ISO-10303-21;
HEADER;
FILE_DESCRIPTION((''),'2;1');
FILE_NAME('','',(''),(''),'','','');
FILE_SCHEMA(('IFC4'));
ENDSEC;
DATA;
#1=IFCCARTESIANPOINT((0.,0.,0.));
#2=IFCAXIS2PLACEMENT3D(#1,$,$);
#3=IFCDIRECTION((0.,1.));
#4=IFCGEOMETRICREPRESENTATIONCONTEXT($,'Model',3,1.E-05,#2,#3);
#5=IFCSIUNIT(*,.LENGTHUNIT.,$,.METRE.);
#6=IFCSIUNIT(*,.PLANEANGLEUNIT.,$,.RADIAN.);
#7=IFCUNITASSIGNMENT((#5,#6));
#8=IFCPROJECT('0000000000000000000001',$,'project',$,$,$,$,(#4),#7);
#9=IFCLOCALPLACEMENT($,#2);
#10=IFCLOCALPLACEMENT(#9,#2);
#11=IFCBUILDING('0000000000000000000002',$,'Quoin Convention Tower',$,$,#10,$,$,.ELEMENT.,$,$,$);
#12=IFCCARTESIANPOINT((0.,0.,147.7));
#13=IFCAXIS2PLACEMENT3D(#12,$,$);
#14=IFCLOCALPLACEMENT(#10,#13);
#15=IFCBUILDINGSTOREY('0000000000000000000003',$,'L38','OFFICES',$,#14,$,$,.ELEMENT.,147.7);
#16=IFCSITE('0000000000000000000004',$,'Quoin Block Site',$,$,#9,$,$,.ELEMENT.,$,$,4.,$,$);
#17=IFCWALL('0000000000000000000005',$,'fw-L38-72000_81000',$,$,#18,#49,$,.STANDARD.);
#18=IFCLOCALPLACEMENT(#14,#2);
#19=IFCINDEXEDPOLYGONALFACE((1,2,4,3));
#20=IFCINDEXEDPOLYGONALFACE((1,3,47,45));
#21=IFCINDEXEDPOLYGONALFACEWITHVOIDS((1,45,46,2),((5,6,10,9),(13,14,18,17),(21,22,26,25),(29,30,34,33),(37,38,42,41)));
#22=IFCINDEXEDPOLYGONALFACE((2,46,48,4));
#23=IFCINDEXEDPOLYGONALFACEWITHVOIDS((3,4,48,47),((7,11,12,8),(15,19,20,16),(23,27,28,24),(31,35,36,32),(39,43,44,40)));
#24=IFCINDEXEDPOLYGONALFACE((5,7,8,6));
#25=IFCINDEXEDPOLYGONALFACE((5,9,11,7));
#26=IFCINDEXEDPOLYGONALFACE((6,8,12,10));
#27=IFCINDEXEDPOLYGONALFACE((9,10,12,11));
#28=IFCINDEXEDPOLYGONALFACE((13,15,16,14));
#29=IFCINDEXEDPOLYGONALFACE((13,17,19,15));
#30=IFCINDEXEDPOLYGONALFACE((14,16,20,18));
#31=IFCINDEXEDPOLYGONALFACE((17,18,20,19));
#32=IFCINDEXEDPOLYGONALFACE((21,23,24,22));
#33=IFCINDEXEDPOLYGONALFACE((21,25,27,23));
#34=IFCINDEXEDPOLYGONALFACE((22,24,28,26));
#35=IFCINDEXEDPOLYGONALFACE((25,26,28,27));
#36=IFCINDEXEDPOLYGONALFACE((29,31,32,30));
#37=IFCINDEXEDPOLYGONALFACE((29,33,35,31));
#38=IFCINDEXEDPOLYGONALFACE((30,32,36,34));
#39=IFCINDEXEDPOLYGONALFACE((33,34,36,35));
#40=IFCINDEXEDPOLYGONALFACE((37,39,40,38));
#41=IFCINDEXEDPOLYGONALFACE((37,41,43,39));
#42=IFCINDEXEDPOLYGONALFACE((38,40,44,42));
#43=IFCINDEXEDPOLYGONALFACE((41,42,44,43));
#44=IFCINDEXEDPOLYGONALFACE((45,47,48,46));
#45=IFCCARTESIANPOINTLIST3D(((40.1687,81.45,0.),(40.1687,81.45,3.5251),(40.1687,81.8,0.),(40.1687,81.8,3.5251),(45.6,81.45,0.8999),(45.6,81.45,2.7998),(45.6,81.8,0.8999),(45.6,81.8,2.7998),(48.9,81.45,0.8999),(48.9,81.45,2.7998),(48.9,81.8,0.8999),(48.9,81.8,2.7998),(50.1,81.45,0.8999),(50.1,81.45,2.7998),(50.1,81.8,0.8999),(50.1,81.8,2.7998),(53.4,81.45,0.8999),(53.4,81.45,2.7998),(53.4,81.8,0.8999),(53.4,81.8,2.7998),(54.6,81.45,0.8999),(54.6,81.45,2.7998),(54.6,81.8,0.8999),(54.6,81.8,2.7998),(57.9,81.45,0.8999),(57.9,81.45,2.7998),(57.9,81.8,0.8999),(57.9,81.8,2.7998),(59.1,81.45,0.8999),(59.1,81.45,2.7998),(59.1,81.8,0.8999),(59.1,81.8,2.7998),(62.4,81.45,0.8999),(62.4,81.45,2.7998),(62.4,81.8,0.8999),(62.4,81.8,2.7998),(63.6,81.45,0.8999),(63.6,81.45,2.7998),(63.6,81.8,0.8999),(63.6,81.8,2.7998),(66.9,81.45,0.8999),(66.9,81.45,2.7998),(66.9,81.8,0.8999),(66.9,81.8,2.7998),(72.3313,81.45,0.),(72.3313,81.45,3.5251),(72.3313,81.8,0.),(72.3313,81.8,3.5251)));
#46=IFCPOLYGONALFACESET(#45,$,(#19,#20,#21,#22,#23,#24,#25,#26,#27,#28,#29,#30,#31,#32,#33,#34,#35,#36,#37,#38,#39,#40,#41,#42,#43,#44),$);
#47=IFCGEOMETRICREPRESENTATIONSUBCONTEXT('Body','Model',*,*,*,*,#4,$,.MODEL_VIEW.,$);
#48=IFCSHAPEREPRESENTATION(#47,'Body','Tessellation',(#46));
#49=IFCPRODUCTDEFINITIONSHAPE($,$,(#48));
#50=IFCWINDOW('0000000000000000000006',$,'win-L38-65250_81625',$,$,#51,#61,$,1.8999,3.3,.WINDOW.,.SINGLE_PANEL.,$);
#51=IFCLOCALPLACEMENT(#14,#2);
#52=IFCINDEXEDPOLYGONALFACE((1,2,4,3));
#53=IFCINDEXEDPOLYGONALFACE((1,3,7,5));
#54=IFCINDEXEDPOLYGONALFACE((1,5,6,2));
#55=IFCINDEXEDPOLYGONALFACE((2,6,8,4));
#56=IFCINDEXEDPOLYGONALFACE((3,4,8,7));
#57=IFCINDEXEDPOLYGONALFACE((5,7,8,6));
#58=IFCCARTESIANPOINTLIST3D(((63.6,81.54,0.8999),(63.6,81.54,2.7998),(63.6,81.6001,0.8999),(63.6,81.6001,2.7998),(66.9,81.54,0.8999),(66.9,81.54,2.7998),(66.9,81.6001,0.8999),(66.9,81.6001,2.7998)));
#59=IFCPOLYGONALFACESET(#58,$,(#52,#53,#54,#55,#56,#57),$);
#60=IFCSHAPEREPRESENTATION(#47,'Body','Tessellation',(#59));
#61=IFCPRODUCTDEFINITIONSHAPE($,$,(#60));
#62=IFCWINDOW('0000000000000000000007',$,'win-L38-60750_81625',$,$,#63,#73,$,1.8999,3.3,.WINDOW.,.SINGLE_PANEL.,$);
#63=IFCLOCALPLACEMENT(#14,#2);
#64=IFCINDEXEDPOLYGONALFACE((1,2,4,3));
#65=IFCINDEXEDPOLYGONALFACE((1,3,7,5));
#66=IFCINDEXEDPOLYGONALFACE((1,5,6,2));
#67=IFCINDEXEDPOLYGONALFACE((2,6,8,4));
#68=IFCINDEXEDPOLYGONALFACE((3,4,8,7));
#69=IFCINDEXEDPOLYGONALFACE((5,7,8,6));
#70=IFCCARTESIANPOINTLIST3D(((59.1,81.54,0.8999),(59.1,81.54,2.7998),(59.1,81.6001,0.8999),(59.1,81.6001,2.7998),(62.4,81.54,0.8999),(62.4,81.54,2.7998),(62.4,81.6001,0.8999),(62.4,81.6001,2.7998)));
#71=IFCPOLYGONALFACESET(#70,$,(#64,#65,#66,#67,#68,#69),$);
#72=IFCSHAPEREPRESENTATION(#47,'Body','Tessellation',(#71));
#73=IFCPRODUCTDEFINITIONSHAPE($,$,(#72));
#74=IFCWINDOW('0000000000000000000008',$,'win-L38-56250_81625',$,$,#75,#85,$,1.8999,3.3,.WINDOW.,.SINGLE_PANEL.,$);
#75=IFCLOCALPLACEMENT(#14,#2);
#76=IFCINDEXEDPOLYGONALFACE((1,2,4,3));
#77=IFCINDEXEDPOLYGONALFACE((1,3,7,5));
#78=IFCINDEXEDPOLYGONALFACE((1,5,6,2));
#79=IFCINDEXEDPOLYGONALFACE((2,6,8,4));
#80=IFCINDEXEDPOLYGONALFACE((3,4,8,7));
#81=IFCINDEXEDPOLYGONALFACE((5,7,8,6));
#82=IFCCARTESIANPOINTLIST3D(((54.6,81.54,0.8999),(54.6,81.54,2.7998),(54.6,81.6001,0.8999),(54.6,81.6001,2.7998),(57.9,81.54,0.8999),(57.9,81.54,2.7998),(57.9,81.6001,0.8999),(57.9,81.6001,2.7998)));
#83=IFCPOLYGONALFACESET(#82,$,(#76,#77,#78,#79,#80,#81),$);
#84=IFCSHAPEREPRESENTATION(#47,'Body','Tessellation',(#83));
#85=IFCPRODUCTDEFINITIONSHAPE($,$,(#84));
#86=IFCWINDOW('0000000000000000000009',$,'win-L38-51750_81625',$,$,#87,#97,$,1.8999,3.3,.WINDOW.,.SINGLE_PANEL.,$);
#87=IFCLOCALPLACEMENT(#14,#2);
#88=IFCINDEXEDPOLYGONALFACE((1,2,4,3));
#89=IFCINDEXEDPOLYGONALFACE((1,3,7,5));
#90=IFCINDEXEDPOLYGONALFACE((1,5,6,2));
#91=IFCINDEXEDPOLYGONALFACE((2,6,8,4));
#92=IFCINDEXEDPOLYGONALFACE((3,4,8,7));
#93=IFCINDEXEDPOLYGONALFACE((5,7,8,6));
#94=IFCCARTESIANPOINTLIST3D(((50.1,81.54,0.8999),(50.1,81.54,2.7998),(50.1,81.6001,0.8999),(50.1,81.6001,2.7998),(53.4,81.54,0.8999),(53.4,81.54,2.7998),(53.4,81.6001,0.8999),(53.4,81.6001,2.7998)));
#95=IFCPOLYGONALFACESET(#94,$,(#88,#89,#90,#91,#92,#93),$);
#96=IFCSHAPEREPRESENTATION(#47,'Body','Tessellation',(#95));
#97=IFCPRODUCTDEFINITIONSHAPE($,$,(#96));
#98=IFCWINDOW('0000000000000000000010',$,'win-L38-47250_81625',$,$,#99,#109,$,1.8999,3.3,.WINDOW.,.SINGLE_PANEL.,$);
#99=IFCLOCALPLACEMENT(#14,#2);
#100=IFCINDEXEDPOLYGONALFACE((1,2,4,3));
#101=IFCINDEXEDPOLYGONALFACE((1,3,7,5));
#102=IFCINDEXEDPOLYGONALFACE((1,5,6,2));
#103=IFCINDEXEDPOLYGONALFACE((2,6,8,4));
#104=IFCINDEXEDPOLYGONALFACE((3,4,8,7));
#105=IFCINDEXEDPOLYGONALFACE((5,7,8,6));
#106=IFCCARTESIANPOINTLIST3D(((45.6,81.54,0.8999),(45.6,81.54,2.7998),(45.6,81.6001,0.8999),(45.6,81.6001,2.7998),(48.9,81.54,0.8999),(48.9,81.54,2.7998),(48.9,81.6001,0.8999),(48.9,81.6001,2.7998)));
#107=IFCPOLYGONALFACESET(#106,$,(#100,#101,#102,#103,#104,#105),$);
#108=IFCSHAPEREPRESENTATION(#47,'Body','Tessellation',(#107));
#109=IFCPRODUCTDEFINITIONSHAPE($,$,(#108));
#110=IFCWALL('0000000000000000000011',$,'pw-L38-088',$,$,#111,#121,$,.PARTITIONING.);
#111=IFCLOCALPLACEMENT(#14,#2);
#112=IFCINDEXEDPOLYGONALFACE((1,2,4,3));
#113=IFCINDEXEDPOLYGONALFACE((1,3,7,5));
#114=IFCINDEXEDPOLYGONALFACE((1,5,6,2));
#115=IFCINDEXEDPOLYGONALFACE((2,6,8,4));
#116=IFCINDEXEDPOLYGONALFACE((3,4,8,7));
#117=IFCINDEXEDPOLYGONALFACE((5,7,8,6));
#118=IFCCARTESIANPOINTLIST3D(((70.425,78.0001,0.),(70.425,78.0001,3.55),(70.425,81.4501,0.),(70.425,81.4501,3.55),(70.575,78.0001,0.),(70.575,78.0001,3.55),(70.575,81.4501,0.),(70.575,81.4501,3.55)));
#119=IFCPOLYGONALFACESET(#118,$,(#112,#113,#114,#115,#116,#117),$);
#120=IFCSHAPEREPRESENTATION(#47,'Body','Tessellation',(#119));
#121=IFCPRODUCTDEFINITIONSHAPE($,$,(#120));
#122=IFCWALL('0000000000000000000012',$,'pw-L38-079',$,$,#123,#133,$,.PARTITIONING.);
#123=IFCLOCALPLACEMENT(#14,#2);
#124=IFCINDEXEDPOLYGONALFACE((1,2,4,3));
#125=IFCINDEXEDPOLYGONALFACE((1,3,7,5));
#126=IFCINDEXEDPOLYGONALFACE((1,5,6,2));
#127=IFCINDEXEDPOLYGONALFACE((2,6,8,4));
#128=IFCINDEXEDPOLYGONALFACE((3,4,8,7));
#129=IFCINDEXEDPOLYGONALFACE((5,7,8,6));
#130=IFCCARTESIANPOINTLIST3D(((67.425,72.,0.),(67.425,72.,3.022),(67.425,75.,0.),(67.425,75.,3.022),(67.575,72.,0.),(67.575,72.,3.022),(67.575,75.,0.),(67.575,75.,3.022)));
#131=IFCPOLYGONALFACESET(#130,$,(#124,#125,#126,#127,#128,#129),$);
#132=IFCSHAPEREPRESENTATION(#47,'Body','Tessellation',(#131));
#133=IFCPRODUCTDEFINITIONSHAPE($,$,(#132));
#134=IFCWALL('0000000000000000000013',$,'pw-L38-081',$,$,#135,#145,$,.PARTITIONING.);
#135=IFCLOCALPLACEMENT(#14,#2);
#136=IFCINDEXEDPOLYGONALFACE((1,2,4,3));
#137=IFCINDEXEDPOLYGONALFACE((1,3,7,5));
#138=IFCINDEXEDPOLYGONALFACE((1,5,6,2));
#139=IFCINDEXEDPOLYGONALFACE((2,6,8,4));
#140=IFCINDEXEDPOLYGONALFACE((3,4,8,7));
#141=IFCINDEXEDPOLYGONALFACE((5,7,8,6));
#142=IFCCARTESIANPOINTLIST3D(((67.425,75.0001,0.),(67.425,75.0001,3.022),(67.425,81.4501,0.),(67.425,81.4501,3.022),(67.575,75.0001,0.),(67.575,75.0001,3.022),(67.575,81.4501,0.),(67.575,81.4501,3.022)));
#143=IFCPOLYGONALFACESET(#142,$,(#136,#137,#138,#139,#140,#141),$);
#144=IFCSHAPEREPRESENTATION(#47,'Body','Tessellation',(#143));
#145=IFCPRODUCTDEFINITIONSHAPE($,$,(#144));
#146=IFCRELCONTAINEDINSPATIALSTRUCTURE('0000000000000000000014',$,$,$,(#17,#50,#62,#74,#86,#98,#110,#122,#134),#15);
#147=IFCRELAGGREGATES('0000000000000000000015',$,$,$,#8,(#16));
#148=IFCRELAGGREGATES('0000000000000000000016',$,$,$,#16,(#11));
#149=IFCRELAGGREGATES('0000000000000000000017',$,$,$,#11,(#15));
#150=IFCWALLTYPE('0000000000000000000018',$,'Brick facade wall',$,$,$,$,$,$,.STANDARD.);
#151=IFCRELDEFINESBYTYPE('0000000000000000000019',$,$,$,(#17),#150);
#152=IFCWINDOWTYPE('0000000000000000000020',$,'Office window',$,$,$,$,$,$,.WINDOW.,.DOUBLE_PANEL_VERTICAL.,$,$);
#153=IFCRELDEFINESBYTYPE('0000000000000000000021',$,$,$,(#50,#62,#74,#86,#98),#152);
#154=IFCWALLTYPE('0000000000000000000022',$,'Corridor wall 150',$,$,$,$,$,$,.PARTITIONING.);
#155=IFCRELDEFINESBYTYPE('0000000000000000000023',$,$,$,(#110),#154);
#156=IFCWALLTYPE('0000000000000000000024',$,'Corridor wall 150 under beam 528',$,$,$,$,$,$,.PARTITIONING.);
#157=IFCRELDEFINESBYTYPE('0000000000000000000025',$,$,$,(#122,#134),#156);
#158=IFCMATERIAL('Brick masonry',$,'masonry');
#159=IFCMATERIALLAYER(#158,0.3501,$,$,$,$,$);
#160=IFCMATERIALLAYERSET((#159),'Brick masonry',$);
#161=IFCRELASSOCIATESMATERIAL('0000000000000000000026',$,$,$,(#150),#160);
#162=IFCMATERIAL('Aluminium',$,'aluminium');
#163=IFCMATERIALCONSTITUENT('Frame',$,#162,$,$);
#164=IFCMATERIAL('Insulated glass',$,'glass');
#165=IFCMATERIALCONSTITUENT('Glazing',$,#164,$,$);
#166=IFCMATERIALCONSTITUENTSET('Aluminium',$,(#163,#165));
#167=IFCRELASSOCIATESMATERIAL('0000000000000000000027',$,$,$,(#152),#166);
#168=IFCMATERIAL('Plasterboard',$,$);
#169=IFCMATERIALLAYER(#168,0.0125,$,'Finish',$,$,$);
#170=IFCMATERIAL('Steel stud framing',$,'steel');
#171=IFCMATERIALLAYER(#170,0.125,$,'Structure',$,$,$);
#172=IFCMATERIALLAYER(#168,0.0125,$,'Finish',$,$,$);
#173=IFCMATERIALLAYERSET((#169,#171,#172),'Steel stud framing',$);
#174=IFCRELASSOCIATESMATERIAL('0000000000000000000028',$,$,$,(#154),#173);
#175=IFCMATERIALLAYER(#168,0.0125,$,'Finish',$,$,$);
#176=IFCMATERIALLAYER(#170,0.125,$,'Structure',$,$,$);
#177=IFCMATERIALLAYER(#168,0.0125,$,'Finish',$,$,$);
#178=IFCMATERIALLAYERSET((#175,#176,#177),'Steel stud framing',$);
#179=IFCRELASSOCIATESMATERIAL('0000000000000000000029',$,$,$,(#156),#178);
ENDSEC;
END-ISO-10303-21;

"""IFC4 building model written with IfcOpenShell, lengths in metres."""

from ifc_helpers import new_model, si_unit, direction, frame, frame_2d, origin, place, context, subcontext, project, spatial, rectangle, extrude, material, layer, layer_set, constituent, constituent_set, type_object, element, fill, save


model = new_model("IFC4")

# Units and contexts
model_context = context("Model", 3, precision=1e-05, world=origin(), true_north=direction((0.0, 1.0)))
body_context = subcontext(model_context, "Body", "Model", "MODEL_VIEW")
ifc_project = project(units=[si_unit("LENGTHUNIT", "METRE"), si_unit("PLANEANGLEUNIT", "RADIAN")], contexts=[model_context])

# Site, building, storey
site_placement = place(None, origin())
site = spatial("IfcSite", under=ifc_project, at=site_placement, Name="Quoin Block Site", CompositionType="ELEMENT", RefElevation=4.0)
building_placement = place(site_placement, origin())
building = spatial("IfcBuilding", under=site, at=building_placement, Name="Quoin Convention Tower", CompositionType="ELEMENT")
storey_placement = place(building_placement, frame((0.0, 0.0, 147.7)))
storey = spatial("IfcBuildingStorey", under=building, at=storey_placement, Name="L38", Description="OFFICES", CompositionType="ELEMENT", Elevation=147.7)

# Shared definitions
ifc_material_1 = material(Name="Plasterboard")
ifc_material_2 = material(Name="Steel stud framing", Category="steel")

# Shared definitions
ifc_material_3 = material(Name="Brick masonry", Category="masonry")
ifc_layer_1 = layer(ifc_material_3, 0.3501)
ifc_layer_set_1 = layer_set([ifc_layer_1], Name="Brick masonry")
wall_type_1 = type_object("IfcWallType", Name="Brick facade wall", PredefinedType="STANDARD", material=ifc_layer_set_1)
ifc_material_4 = material(Name="Aluminium", Category="aluminium")
ifc_constituent_1 = constituent(ifc_material_4, Name="Frame")
ifc_material_5 = material(Name="Insulated glass", Category="glass")
ifc_constituent_2 = constituent(ifc_material_5, Name="Glazing")
ifc_constituent_set = constituent_set(constituents=[ifc_constituent_1, ifc_constituent_2], Name="Aluminium")
window_type = type_object("IfcWindowType", Name="Office window", PartitioningType="DOUBLE_PANEL_VERTICAL", PredefinedType="WINDOW", material=ifc_constituent_set)

# Wall, openings, windows
wall_1_placement = place(storey_placement, frame((72.3313, 81.625, 0.0), z_axis=(0.0, 0.0, 1.0), x_axis=(-1.0, 0.0, 0.0)))
wall_1 = element("IfcWall", 1, at=wall_1_placement, inside=storey, type_object=wall_type_1, Name="fw-L38-72000_81000", PredefinedType="STANDARD", context=body_context, shape_type="SweptSolid", body=[
    extrude(rectangle(XDim=32.1626, YDim=0.3501, at=frame_2d((16.0813, 0.0))), origin(), (0.0, 0.0, 1.0), 3.5251),
])
opening_1_placement = place(wall_1_placement, frame((5.4314, 0.0, 0.8999)))
opening_1 = element("IfcOpeningElement", 2, at=opening_1_placement, cuts=wall_1, PredefinedType="OPENING", context=body_context, shape_type="SweptSolid", body=[
    extrude(rectangle(XDim=3.3, YDim=1.8999, at=frame_2d((1.6499, 0.95))), frame((0.0, 0.1851, 0.0), z_axis=(0.0, -1.0, 0.0), x_axis=(1.0, 0.0, 0.0)), (0.0, 0.0, 1.0), 0.3701),
])
opening_2_placement = place(wall_1_placement, frame((9.9314, 0.0, 0.8999)))
opening_2 = element("IfcOpeningElement", 3, at=opening_2_placement, cuts=wall_1, PredefinedType="OPENING", context=body_context, shape_type="SweptSolid", body=[
    extrude(rectangle(XDim=3.3, YDim=1.8999, at=frame_2d((1.6499, 0.95))), frame((0.0, 0.1851, 0.0), z_axis=(0.0, -1.0, 0.0), x_axis=(1.0, 0.0, 0.0)), (0.0, 0.0, 1.0), 0.3701),
])
opening_3_placement = place(wall_1_placement, frame((14.4314, 0.0, 0.8999)))
opening_3 = element("IfcOpeningElement", 4, at=opening_3_placement, cuts=wall_1, PredefinedType="OPENING", context=body_context, shape_type="SweptSolid", body=[
    extrude(rectangle(XDim=3.3, YDim=1.8999, at=frame_2d((1.6499, 0.95))), frame((0.0, 0.1851, 0.0), z_axis=(0.0, -1.0, 0.0), x_axis=(1.0, 0.0, 0.0)), (0.0, 0.0, 1.0), 0.3701),
])
opening_4_placement = place(wall_1_placement, frame((18.9314, 0.0, 0.8999)))
opening_4 = element("IfcOpeningElement", 5, at=opening_4_placement, cuts=wall_1, PredefinedType="OPENING", context=body_context, shape_type="SweptSolid", body=[
    extrude(rectangle(XDim=3.3, YDim=1.8999, at=frame_2d((1.6499, 0.95))), frame((0.0, 0.1851, 0.0), z_axis=(0.0, -1.0, 0.0), x_axis=(1.0, 0.0, 0.0)), (0.0, 0.0, 1.0), 0.3701),
])
opening_5_placement = place(wall_1_placement, frame((23.4314, 0.0, 0.8999)))
opening_5 = element("IfcOpeningElement", 6, at=opening_5_placement, cuts=wall_1, PredefinedType="OPENING", context=body_context, shape_type="SweptSolid", body=[
    extrude(rectangle(XDim=3.3, YDim=1.8999, at=frame_2d((1.6499, 0.95))), frame((0.0, 0.1851, 0.0), z_axis=(0.0, -1.0, 0.0), x_axis=(1.0, 0.0, 0.0)), (0.0, 0.0, 1.0), 0.3701),
])
window_1_placement = place(opening_1_placement, origin())
window_1 = element("IfcWindow", 7, at=window_1_placement, inside=storey, type_object=window_type, Name="win-L38-65250_81625", OverallHeight=1.8999, OverallWidth=3.3, PartitioningType="SINGLE_PANEL", PredefinedType="WINDOW", context=body_context, shape_type="SweptSolid", body=[
    extrude(rectangle(XDim=3.3, YDim=1.8999, at=frame_2d((1.6499, 0.95))), frame((0.0, 0.085, 0.0), z_axis=(0.0, -1.0, 0.0), x_axis=(1.0, 0.0, 0.0)), (0.0, 0.0, 1.0), 0.0601),
])
fill(opening_1, window_1)
window_2_placement = place(opening_2_placement, origin())
window_2 = element("IfcWindow", 8, at=window_2_placement, inside=storey, type_object=window_type, Name="win-L38-60750_81625", OverallHeight=1.8999, OverallWidth=3.3, PartitioningType="SINGLE_PANEL", PredefinedType="WINDOW", context=body_context, shape_type="SweptSolid", body=[
    extrude(rectangle(XDim=3.3, YDim=1.8999, at=frame_2d((1.6499, 0.95))), frame((0.0, 0.085, 0.0), z_axis=(0.0, -1.0, 0.0), x_axis=(1.0, 0.0, 0.0)), (0.0, 0.0, 1.0), 0.0601),
])
fill(opening_2, window_2)
window_3_placement = place(opening_3_placement, origin())
window_3 = element("IfcWindow", 9, at=window_3_placement, inside=storey, type_object=window_type, Name="win-L38-56250_81625", OverallHeight=1.8999, OverallWidth=3.3, PartitioningType="SINGLE_PANEL", PredefinedType="WINDOW", context=body_context, shape_type="SweptSolid", body=[
    extrude(rectangle(XDim=3.3, YDim=1.8999, at=frame_2d((1.6499, 0.95))), frame((0.0, 0.085, 0.0), z_axis=(0.0, -1.0, 0.0), x_axis=(1.0, 0.0, 0.0)), (0.0, 0.0, 1.0), 0.0601),
])
fill(opening_3, window_3)
window_4_placement = place(opening_4_placement, origin())
window_4 = element("IfcWindow", 10, at=window_4_placement, inside=storey, type_object=window_type, Name="win-L38-51750_81625", OverallHeight=1.8999, OverallWidth=3.3, PartitioningType="SINGLE_PANEL", PredefinedType="WINDOW", context=body_context, shape_type="SweptSolid", body=[
    extrude(rectangle(XDim=3.3, YDim=1.8999, at=frame_2d((1.6499, 0.95))), frame((0.0, 0.085, 0.0), z_axis=(0.0, -1.0, 0.0), x_axis=(1.0, 0.0, 0.0)), (0.0, 0.0, 1.0), 0.0601),
])
fill(opening_4, window_4)
window_5_placement = place(opening_5_placement, origin())
window_5 = element("IfcWindow", 11, at=window_5_placement, inside=storey, type_object=window_type, Name="win-L38-47250_81625", OverallHeight=1.8999, OverallWidth=3.3, PartitioningType="SINGLE_PANEL", PredefinedType="WINDOW", context=body_context, shape_type="SweptSolid", body=[
    extrude(rectangle(XDim=3.3, YDim=1.8999, at=frame_2d((1.6499, 0.95))), frame((0.0, 0.085, 0.0), z_axis=(0.0, -1.0, 0.0), x_axis=(1.0, 0.0, 0.0)), (0.0, 0.0, 1.0), 0.0601),
])
fill(opening_5, window_5)

# Walls
ifc_layer_2 = layer(ifc_material_1, 0.0125, Name="Finish")
ifc_layer_3 = layer(ifc_material_2, 0.125, Name="Structure")
ifc_layer_4 = layer(ifc_material_1, 0.0125, Name="Finish")
ifc_layer_set_2 = layer_set([ifc_layer_2, ifc_layer_3, ifc_layer_4], Name="Steel stud framing")
wall_type_2 = type_object("IfcWallType", Name="Corridor wall 150", PredefinedType="PARTITIONING", material=ifc_layer_set_2)
wall_2_placement = place(storey_placement, frame((70.5, 78.0, 0.0), z_axis=(0.0, 0.0, 1.0), x_axis=(0.0, 1.0, 0.0)))
element("IfcWall", 12, at=wall_2_placement, inside=storey, type_object=wall_type_2, Name="pw-L38-088", PredefinedType="PARTITIONING", context=body_context, shape_type="SweptSolid", body=[
    extrude(rectangle(XDim=3.45, YDim=0.1499, at=frame_2d((1.7251, 0.0))), origin(), (0.0, 0.0, 1.0), 3.55),
])
ifc_layer_5 = layer(ifc_material_1, 0.0125, Name="Finish")
ifc_layer_6 = layer(ifc_material_2, 0.125, Name="Structure")
ifc_layer_7 = layer(ifc_material_1, 0.0125, Name="Finish")
ifc_layer_set_3 = layer_set([ifc_layer_5, ifc_layer_6, ifc_layer_7], Name="Steel stud framing")
wall_type_3 = type_object("IfcWallType", Name="Corridor wall 150 under beam 528", PredefinedType="PARTITIONING", material=ifc_layer_set_3)
wall_3_placement = place(storey_placement, frame((67.5, 72.0, 0.0), z_axis=(0.0, 0.0, 1.0), x_axis=(0.0, 1.0, 0.0)))
element("IfcWall", 13, at=wall_3_placement, inside=storey, type_object=wall_type_3, Name="pw-L38-079", PredefinedType="PARTITIONING", context=body_context, shape_type="SweptSolid", body=[
    extrude(rectangle(XDim=3.0, YDim=0.1499, at=frame_2d((1.5, 0.0))), origin(), (0.0, 0.0, 1.0), 3.022),
])
wall_4_placement = place(storey_placement, frame((67.5, 75.0, 0.0), z_axis=(0.0, 0.0, 1.0), x_axis=(0.0, 1.0, 0.0)))
element("IfcWall", 14, at=wall_4_placement, inside=storey, type_object=wall_type_3, Name="pw-L38-081", PredefinedType="PARTITIONING", context=body_context, shape_type="SweptSolid", body=[
    extrude(rectangle(XDim=6.45, YDim=0.1499, at=frame_2d((3.2251, 0.0))), origin(), (0.0, 0.0, 1.0), 3.022),
])

save(model, "model.ifc")
